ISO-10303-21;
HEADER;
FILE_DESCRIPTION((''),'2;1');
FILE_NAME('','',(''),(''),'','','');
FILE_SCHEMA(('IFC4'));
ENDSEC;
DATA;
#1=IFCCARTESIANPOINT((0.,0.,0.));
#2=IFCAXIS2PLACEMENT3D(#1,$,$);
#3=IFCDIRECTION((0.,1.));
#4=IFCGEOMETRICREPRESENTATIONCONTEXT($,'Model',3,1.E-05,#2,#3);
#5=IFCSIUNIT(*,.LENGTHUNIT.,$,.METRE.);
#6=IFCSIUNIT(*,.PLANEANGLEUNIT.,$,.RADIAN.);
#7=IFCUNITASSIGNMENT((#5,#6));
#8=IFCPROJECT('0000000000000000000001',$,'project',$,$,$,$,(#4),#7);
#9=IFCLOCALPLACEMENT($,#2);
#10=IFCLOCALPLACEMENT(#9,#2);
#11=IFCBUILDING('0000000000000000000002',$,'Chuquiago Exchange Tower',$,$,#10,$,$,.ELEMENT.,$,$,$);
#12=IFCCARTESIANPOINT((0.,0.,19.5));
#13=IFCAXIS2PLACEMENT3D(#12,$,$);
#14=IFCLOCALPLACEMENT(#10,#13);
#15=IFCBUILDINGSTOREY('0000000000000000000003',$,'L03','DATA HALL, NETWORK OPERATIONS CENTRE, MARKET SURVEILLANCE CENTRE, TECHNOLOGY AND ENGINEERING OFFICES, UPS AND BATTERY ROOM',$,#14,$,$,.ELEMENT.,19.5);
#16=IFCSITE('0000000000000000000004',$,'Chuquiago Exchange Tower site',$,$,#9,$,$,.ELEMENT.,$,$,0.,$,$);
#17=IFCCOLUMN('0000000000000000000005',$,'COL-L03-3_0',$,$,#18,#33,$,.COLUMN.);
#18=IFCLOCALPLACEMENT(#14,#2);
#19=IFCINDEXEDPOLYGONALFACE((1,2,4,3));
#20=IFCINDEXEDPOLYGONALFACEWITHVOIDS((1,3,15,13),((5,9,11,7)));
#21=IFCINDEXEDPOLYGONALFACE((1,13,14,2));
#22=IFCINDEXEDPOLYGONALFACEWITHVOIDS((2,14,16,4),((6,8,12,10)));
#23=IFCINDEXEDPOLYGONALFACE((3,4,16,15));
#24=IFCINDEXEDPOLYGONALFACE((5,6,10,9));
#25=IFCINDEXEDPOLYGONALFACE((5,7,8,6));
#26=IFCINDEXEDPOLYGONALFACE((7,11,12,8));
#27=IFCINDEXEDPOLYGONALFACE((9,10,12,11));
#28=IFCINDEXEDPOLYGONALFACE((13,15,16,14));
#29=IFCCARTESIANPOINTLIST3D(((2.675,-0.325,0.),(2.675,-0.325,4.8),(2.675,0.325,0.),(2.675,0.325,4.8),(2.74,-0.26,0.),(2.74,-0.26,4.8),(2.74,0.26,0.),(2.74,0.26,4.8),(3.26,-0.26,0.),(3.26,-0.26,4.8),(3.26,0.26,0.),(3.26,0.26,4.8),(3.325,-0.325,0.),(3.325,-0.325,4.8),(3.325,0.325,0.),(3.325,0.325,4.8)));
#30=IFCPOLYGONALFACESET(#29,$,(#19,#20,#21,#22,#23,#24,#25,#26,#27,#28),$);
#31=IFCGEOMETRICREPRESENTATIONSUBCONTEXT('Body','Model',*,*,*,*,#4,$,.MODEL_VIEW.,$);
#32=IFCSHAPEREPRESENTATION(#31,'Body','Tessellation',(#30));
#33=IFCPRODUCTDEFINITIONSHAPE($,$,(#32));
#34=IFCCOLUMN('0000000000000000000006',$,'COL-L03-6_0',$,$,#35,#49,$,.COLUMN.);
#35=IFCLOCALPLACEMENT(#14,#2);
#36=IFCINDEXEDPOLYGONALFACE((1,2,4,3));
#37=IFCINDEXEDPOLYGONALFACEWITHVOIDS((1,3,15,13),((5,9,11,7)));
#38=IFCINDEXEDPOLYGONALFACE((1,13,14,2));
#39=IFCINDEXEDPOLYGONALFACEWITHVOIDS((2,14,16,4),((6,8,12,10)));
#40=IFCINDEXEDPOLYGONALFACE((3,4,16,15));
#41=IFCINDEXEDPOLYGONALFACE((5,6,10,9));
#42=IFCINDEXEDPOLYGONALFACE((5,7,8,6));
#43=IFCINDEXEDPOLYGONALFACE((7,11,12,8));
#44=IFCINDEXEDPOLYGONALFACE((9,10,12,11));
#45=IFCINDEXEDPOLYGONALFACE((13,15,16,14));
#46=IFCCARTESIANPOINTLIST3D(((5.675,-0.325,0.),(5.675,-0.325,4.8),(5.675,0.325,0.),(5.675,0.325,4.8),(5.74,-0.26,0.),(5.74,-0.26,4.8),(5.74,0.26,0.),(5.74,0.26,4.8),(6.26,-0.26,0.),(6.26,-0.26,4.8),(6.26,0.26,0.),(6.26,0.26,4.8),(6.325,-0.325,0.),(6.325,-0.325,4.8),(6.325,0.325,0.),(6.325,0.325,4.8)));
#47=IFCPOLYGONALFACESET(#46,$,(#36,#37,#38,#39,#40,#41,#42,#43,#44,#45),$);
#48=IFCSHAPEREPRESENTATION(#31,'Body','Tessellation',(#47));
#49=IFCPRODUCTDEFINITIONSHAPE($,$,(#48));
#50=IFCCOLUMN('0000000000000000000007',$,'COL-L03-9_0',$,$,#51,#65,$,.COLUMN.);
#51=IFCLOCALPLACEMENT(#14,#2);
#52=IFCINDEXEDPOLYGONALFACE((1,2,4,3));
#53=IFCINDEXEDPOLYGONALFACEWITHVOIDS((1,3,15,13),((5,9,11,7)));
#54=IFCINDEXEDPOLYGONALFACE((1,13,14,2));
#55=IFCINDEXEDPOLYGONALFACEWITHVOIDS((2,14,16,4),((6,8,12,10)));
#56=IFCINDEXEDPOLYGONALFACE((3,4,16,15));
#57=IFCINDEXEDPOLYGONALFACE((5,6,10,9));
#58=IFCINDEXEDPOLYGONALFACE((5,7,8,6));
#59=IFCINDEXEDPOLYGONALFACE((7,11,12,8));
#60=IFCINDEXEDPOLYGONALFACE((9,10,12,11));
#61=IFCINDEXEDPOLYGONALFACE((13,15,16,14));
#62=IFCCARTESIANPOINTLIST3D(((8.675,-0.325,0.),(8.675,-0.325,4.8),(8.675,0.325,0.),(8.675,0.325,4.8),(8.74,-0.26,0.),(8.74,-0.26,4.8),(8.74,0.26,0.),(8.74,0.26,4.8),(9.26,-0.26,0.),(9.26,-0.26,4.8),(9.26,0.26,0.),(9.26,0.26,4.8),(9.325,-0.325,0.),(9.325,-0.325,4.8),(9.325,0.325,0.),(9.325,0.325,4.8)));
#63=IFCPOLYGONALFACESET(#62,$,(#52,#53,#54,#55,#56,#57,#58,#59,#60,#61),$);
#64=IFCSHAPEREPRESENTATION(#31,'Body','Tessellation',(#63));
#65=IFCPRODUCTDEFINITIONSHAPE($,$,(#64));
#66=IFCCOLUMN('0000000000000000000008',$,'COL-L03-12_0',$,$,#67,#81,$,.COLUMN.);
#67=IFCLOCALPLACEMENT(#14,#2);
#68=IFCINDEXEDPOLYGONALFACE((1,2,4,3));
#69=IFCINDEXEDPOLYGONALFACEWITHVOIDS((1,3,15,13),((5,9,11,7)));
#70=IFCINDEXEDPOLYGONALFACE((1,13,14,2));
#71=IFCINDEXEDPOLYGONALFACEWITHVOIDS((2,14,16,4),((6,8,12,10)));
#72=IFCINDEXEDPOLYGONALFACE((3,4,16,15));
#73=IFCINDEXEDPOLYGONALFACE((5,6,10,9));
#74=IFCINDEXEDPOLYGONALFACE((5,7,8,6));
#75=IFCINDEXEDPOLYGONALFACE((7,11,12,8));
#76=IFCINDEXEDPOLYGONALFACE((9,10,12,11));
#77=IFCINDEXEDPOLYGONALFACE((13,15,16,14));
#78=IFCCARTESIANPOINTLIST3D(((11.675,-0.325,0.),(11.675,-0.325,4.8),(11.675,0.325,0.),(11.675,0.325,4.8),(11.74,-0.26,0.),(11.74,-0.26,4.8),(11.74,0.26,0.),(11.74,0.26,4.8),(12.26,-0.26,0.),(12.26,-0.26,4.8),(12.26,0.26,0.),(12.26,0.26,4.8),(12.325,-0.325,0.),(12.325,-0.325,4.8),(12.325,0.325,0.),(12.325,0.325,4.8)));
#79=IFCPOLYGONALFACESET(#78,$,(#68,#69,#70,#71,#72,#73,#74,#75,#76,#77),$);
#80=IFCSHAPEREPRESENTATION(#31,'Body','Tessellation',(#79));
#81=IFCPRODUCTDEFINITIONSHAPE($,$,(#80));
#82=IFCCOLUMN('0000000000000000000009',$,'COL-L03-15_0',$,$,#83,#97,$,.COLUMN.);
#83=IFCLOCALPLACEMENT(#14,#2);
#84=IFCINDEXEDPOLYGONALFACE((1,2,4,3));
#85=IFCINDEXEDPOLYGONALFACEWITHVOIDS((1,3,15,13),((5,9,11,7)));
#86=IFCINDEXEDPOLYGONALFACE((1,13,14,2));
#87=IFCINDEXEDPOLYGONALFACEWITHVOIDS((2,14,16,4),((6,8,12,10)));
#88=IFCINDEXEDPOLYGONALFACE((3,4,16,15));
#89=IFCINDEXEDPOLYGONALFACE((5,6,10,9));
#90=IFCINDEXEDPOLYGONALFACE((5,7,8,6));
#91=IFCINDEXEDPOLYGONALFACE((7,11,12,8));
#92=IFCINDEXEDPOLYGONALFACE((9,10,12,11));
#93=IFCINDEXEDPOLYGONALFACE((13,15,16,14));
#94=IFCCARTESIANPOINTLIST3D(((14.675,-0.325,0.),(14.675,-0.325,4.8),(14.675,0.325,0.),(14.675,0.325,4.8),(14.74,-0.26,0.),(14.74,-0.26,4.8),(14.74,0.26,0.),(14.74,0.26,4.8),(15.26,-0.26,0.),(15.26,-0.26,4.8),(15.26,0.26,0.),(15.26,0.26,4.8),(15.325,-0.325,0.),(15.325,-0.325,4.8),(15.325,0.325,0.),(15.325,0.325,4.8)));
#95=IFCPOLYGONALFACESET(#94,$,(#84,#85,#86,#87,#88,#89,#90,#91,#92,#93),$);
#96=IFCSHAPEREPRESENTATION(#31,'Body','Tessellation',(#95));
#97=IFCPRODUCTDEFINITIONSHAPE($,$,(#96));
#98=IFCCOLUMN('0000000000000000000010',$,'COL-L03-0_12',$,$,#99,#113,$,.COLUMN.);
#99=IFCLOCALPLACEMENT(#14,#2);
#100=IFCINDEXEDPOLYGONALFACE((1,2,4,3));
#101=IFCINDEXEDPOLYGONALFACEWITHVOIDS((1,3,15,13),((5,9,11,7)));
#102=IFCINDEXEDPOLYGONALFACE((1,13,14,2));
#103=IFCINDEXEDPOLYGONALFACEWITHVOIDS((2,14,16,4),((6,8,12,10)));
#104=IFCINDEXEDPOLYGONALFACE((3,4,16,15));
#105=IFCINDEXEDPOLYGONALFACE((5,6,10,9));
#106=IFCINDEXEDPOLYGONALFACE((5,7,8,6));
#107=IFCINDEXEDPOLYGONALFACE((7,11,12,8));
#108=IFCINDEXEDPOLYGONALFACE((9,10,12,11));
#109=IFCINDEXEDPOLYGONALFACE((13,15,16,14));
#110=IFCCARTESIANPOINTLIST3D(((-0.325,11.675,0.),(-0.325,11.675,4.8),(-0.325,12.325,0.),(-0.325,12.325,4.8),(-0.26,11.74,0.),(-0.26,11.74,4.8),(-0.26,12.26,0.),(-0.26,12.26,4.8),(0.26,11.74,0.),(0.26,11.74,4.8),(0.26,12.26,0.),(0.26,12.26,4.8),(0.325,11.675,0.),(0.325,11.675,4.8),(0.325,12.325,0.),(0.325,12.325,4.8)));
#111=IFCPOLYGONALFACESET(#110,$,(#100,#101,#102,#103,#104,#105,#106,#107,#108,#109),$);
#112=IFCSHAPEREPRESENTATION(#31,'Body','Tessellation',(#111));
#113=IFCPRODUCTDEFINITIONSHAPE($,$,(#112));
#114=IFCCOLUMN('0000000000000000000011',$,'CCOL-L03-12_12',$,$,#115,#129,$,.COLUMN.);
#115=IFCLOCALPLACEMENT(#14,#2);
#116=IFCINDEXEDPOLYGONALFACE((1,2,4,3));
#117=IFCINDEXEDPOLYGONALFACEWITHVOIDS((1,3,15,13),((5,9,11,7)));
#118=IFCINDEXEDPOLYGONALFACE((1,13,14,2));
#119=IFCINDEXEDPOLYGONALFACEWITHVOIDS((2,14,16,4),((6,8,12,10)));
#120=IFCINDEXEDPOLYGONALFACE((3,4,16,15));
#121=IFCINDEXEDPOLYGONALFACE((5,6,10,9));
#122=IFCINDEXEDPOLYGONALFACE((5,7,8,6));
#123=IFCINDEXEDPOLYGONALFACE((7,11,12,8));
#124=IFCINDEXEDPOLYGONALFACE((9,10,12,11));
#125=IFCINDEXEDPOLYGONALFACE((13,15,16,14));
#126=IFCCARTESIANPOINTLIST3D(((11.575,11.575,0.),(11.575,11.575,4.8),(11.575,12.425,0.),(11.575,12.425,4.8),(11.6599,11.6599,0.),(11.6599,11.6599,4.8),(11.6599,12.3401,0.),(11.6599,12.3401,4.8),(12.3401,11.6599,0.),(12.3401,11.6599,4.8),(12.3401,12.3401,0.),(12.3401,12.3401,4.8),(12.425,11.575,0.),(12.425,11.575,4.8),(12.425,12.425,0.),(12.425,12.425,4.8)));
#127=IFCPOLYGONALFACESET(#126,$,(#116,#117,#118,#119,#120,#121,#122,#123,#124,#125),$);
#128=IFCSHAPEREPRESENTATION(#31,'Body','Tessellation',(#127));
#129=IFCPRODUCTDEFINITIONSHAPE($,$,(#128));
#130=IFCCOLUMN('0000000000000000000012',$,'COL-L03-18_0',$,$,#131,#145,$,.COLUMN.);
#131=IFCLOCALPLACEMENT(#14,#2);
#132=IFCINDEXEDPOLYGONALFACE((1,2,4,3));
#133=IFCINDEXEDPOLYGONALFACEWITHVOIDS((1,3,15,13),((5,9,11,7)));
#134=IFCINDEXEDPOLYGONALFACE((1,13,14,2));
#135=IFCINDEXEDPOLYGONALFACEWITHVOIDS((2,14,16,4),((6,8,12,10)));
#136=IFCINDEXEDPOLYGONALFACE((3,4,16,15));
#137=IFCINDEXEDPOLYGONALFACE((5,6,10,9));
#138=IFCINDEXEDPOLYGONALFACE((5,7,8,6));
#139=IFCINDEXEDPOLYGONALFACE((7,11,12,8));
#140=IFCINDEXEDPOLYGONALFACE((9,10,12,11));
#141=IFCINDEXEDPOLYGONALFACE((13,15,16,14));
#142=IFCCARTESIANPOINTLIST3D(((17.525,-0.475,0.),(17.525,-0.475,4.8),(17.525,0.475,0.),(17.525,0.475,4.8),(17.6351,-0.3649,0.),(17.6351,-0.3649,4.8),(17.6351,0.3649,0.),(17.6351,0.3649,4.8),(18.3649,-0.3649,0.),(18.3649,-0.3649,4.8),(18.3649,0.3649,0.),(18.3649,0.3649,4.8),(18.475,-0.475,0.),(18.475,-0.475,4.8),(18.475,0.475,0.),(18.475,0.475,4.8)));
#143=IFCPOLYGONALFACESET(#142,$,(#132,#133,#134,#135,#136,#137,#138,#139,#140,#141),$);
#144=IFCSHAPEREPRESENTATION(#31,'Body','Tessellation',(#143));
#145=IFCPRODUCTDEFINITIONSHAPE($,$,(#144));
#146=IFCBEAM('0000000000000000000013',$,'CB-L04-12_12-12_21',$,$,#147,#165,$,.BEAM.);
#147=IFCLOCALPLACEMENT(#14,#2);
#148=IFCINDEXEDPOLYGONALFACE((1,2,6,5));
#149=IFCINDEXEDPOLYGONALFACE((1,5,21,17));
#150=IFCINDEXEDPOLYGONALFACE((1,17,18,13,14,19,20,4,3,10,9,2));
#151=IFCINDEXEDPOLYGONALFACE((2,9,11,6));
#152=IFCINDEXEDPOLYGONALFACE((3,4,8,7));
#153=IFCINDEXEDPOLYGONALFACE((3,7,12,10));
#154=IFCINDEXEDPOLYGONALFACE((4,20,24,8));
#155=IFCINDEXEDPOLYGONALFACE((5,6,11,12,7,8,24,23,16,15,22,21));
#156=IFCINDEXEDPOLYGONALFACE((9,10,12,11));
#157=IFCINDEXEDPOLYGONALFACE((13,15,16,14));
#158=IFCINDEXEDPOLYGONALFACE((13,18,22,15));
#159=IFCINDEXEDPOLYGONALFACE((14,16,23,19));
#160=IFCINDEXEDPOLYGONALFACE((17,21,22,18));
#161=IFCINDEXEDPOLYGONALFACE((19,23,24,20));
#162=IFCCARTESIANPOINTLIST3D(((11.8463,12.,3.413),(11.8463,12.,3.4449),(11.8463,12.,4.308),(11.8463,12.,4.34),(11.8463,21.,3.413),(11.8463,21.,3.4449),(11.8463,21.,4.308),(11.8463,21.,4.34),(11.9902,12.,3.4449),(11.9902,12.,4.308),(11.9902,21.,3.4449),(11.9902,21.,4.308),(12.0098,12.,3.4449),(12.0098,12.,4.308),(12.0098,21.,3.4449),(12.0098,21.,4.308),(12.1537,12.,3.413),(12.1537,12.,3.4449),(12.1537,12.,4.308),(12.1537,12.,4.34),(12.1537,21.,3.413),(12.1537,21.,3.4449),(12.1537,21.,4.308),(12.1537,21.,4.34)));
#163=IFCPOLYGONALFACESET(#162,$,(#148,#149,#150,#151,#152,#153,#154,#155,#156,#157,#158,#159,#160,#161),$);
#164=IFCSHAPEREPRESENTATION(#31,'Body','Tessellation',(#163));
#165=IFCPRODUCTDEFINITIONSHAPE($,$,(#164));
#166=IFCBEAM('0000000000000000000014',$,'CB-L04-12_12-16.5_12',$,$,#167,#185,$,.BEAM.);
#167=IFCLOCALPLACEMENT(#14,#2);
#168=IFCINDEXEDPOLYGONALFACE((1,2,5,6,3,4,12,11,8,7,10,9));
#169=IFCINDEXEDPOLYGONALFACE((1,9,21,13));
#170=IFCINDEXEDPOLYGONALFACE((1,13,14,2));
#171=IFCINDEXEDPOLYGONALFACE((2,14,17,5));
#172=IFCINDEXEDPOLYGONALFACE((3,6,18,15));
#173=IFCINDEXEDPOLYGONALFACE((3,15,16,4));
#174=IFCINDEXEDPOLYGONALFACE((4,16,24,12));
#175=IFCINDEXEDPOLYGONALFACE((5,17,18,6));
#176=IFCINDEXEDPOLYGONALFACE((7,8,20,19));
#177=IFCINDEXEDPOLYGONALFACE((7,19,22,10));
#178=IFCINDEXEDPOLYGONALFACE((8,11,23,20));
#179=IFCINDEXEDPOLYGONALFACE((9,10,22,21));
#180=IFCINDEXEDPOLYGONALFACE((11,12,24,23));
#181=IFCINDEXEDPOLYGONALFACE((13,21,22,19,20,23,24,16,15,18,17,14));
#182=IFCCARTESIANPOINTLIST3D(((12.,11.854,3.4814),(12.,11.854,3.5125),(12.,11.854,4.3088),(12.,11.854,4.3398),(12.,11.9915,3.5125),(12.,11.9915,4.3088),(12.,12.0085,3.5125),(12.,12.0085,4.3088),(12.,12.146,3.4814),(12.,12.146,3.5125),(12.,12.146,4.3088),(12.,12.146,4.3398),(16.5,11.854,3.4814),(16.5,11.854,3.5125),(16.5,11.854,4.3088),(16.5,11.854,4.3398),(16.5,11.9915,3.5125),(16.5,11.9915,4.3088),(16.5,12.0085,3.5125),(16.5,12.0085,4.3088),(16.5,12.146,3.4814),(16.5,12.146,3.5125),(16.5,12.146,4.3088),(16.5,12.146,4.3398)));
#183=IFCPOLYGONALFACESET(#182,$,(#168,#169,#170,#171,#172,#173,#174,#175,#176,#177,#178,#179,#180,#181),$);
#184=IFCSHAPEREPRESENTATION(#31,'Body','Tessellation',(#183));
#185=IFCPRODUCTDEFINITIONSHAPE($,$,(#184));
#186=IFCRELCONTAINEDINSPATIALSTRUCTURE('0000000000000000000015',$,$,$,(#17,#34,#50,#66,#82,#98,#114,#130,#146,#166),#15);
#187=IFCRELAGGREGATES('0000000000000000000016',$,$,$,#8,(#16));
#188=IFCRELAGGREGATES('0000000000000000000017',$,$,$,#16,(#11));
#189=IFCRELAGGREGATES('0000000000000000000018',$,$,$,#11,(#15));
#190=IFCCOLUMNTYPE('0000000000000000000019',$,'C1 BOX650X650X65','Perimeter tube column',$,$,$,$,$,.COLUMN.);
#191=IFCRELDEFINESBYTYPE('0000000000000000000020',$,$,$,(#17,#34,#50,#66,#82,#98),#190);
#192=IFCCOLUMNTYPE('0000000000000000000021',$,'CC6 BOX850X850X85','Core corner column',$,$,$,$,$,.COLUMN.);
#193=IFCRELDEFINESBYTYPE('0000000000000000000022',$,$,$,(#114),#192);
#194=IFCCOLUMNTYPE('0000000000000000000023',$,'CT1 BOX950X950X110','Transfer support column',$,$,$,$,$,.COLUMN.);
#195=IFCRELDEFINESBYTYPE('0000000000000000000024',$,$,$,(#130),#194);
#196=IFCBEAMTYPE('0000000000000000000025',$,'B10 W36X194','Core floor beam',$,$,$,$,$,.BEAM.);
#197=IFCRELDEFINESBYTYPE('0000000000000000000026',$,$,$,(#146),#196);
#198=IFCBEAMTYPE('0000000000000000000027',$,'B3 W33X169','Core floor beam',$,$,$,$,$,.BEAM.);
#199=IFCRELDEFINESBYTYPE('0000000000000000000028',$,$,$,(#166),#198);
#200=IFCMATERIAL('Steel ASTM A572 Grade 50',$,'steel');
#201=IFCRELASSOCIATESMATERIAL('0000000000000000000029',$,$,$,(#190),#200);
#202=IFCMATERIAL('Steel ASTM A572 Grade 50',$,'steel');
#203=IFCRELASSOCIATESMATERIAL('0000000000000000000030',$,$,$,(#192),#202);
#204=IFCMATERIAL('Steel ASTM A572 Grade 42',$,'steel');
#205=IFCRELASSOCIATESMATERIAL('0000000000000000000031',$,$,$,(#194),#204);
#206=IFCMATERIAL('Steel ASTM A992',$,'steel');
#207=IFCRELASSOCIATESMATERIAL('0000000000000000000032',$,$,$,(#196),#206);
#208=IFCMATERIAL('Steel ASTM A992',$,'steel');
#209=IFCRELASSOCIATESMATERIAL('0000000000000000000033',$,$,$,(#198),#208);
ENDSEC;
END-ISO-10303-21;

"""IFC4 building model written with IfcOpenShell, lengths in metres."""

from ifc_helpers import new_model, si_unit, direction, frame, origin, origin_2d, place, context, subcontext, project, spatial, hollow_rectangle, i_section, extrude, material, material_profile, profile_set, type_object, element, save


model = new_model("IFC4")

# Units and contexts
model_context = context("Model", 3, precision=1e-05, world=origin(), true_north=direction((0.0, 1.0)))
body_context = subcontext(model_context, "Body", "Model", "MODEL_VIEW")
ifc_project = project(units=[si_unit("LENGTHUNIT", "METRE"), si_unit("PLANEANGLEUNIT", "RADIAN")], contexts=[model_context])

# Site, building, storey
site_placement = place(None, origin())
site = spatial("IfcSite", under=ifc_project, at=site_placement, Name="Chuquiago Exchange Tower site", CompositionType="ELEMENT", RefElevation=0.0)
building_placement = place(site_placement, origin())
building = spatial("IfcBuilding", under=site, at=building_placement, Name="Chuquiago Exchange Tower", CompositionType="ELEMENT")
storey_placement = place(building_placement, frame((0.0, 0.0, 19.5)))
storey = spatial("IfcBuildingStorey", under=building, at=storey_placement, Name="L03", Description="DATA HALL, NETWORK OPERATIONS CENTRE, MARKET SURVEILLANCE CENTRE, TECHNOLOGY AND ENGINEERING OFFICES, UPS AND BATTERY ROOM", CompositionType="ELEMENT", Elevation=19.5)

# Columns
ifc_material_1 = material(Name="Steel ASTM A572 Grade 50", Category="steel")
ifc_material_profile_1 = material_profile(ifc_material_1, hollow_rectangle(XDim=0.6499, YDim=0.6499, WallThickness=0.0649, at=origin_2d()), Name="BOX650X650X65")
ifc_profile_set_1 = profile_set([ifc_material_profile_1], Name="Steel ASTM A572 Grade 50")
column_type_1 = type_object("IfcColumnType", Name="C1 BOX650X650X65", Description="Perimeter tube column", PredefinedType="COLUMN", material=ifc_profile_set_1)
for number, where, z_axis, x_axis, name in (
    (1, (3.0, 0.0, 0.0), (0.0, 0.0, 1.0), (0.0, -1.0, 0.0), "COL-L03-3_0"),
    (2, (6.0, 0.0, 0.0), (0.0, 0.0, 1.0), (0.0, -1.0, 0.0), "COL-L03-6_0"),
    (3, (9.0, 0.0, 0.0), (0.0, 0.0, 1.0), (0.0, -1.0, 0.0), "COL-L03-9_0"),
    (4, (12.0, 0.0, 0.0), (0.0, 0.0, 1.0), (0.0, -1.0, 0.0), "COL-L03-12_0"),
    (5, (15.0, 0.0, 0.0), (0.0, 0.0, 1.0), (0.0, -1.0, 0.0), "COL-L03-15_0"),
    (6, (0.0, 12.0, 0.0), (0.0, 0.0, 1.0), (-1.0, 0.0, 0.0), "COL-L03-0_12"),
):
    element("IfcColumn", number, at=place(storey_placement, frame(where, z_axis=z_axis, x_axis=x_axis)), inside=storey, type_object=column_type_1, Name=name, PredefinedType="COLUMN", context=body_context, shape_type="SweptSolid", body=[
        extrude(hollow_rectangle(XDim=0.6499, YDim=0.6499, WallThickness=0.0649, at=origin_2d()), origin(), (0.0, 0.0, 1.0), 4.8),
    ])
ifc_material_2 = material(Name="Steel ASTM A572 Grade 50", Category="steel")
ifc_material_profile_2 = material_profile(ifc_material_2, hollow_rectangle(XDim=0.8501, YDim=0.8501, WallThickness=0.085, at=origin_2d()), Name="BOX850X850X85")
ifc_profile_set_2 = profile_set([ifc_material_profile_2], Name="Steel ASTM A572 Grade 50")
column_type_2 = type_object("IfcColumnType", Name="CC6 BOX850X850X85", Description="Core corner column", PredefinedType="COLUMN", material=ifc_profile_set_2)
column_1_placement = place(storey_placement, frame((12.0, 12.0, 0.0), z_axis=(0.0, 0.0, 1.0), x_axis=(1.0, 0.0, 0.0)))
element("IfcColumn", 7, at=column_1_placement, inside=storey, type_object=column_type_2, Name="CCOL-L03-12_12", PredefinedType="COLUMN", context=body_context, shape_type="SweptSolid", body=[
    extrude(hollow_rectangle(XDim=0.8501, YDim=0.8501, WallThickness=0.085, at=origin_2d()), origin(), (0.0, 0.0, 1.0), 4.8),
])
ifc_material_3 = material(Name="Steel ASTM A572 Grade 42", Category="steel")
ifc_material_profile_3 = material_profile(ifc_material_3, hollow_rectangle(XDim=0.95, YDim=0.95, WallThickness=0.1101, at=origin_2d()), Name="BOX950X950X110")
ifc_profile_set_3 = profile_set([ifc_material_profile_3], Name="Steel ASTM A572 Grade 42")
column_type_3 = type_object("IfcColumnType", Name="CT1 BOX950X950X110", Description="Transfer support column", PredefinedType="COLUMN", material=ifc_profile_set_3)
column_2_placement = place(storey_placement, frame((18.0, 0.0, 0.0), z_axis=(0.0, 0.0, 1.0), x_axis=(0.0, -1.0, 0.0)))
element("IfcColumn", 8, at=column_2_placement, inside=storey, type_object=column_type_3, Name="COL-L03-18_0", PredefinedType="COLUMN", context=body_context, shape_type="SweptSolid", body=[
    extrude(hollow_rectangle(XDim=0.95, YDim=0.95, WallThickness=0.1101, at=origin_2d()), origin(), (0.0, 0.0, 1.0), 4.8),
])

# Beams
ifc_material_4 = material(Name="Steel ASTM A992", Category="steel")
ifc_material_profile_4 = material_profile(ifc_material_4, i_section(OverallWidth=0.3074, OverallDepth=0.927, WebThickness=0.0195, FlangeThickness=0.032, at=origin_2d()), Name="W36X194")
ifc_profile_set_4 = profile_set([ifc_material_profile_4], Name="Steel ASTM A992")
beam_type_1 = type_object("IfcBeamType", Name="B10 W36X194", Description="Core floor beam", PredefinedType="BEAM", material=ifc_profile_set_4)
beam_1_placement = place(storey_placement, frame((12.0, 12.0, 3.8765), z_axis=(0.0, 1.0, 0.0), x_axis=(-1.0, 0.0, 0.0)))
element("IfcBeam", 9, at=beam_1_placement, inside=storey, type_object=beam_type_1, Name="CB-L04-12_12-12_21", PredefinedType="BEAM", context=body_context, shape_type="SweptSolid", body=[
    extrude(i_section(OverallWidth=0.3074, OverallDepth=0.927, WebThickness=0.0195, FlangeThickness=0.032, at=origin_2d()), origin(), (0.0, 0.0, 1.0), 9.0),
])
ifc_material_5 = material(Name="Steel ASTM A992", Category="steel")
ifc_material_profile_5 = material_profile(ifc_material_5, i_section(OverallWidth=0.292, OverallDepth=0.8584, WebThickness=0.0171, FlangeThickness=0.031, at=origin_2d()), Name="W33X169")
ifc_profile_set_5 = profile_set([ifc_material_profile_5], Name="Steel ASTM A992")
beam_type_2 = type_object("IfcBeamType", Name="B3 W33X169", Description="Core floor beam", PredefinedType="BEAM", material=ifc_profile_set_5)
beam_2_placement = place(storey_placement, frame((12.0, 12.0, 3.9106), z_axis=(1.0, 0.0, 0.0), x_axis=(0.0, 1.0, 0.0)))
element("IfcBeam", 10, at=beam_2_placement, inside=storey, type_object=beam_type_2, Name="CB-L04-12_12-16.5_12", PredefinedType="BEAM", context=body_context, shape_type="SweptSolid", body=[
    extrude(i_section(OverallWidth=0.292, OverallDepth=0.8584, WebThickness=0.0171, FlangeThickness=0.031, at=origin_2d()), origin(), (0.0, 0.0, 1.0), 4.5),
])

save(model, "model.ifc")
